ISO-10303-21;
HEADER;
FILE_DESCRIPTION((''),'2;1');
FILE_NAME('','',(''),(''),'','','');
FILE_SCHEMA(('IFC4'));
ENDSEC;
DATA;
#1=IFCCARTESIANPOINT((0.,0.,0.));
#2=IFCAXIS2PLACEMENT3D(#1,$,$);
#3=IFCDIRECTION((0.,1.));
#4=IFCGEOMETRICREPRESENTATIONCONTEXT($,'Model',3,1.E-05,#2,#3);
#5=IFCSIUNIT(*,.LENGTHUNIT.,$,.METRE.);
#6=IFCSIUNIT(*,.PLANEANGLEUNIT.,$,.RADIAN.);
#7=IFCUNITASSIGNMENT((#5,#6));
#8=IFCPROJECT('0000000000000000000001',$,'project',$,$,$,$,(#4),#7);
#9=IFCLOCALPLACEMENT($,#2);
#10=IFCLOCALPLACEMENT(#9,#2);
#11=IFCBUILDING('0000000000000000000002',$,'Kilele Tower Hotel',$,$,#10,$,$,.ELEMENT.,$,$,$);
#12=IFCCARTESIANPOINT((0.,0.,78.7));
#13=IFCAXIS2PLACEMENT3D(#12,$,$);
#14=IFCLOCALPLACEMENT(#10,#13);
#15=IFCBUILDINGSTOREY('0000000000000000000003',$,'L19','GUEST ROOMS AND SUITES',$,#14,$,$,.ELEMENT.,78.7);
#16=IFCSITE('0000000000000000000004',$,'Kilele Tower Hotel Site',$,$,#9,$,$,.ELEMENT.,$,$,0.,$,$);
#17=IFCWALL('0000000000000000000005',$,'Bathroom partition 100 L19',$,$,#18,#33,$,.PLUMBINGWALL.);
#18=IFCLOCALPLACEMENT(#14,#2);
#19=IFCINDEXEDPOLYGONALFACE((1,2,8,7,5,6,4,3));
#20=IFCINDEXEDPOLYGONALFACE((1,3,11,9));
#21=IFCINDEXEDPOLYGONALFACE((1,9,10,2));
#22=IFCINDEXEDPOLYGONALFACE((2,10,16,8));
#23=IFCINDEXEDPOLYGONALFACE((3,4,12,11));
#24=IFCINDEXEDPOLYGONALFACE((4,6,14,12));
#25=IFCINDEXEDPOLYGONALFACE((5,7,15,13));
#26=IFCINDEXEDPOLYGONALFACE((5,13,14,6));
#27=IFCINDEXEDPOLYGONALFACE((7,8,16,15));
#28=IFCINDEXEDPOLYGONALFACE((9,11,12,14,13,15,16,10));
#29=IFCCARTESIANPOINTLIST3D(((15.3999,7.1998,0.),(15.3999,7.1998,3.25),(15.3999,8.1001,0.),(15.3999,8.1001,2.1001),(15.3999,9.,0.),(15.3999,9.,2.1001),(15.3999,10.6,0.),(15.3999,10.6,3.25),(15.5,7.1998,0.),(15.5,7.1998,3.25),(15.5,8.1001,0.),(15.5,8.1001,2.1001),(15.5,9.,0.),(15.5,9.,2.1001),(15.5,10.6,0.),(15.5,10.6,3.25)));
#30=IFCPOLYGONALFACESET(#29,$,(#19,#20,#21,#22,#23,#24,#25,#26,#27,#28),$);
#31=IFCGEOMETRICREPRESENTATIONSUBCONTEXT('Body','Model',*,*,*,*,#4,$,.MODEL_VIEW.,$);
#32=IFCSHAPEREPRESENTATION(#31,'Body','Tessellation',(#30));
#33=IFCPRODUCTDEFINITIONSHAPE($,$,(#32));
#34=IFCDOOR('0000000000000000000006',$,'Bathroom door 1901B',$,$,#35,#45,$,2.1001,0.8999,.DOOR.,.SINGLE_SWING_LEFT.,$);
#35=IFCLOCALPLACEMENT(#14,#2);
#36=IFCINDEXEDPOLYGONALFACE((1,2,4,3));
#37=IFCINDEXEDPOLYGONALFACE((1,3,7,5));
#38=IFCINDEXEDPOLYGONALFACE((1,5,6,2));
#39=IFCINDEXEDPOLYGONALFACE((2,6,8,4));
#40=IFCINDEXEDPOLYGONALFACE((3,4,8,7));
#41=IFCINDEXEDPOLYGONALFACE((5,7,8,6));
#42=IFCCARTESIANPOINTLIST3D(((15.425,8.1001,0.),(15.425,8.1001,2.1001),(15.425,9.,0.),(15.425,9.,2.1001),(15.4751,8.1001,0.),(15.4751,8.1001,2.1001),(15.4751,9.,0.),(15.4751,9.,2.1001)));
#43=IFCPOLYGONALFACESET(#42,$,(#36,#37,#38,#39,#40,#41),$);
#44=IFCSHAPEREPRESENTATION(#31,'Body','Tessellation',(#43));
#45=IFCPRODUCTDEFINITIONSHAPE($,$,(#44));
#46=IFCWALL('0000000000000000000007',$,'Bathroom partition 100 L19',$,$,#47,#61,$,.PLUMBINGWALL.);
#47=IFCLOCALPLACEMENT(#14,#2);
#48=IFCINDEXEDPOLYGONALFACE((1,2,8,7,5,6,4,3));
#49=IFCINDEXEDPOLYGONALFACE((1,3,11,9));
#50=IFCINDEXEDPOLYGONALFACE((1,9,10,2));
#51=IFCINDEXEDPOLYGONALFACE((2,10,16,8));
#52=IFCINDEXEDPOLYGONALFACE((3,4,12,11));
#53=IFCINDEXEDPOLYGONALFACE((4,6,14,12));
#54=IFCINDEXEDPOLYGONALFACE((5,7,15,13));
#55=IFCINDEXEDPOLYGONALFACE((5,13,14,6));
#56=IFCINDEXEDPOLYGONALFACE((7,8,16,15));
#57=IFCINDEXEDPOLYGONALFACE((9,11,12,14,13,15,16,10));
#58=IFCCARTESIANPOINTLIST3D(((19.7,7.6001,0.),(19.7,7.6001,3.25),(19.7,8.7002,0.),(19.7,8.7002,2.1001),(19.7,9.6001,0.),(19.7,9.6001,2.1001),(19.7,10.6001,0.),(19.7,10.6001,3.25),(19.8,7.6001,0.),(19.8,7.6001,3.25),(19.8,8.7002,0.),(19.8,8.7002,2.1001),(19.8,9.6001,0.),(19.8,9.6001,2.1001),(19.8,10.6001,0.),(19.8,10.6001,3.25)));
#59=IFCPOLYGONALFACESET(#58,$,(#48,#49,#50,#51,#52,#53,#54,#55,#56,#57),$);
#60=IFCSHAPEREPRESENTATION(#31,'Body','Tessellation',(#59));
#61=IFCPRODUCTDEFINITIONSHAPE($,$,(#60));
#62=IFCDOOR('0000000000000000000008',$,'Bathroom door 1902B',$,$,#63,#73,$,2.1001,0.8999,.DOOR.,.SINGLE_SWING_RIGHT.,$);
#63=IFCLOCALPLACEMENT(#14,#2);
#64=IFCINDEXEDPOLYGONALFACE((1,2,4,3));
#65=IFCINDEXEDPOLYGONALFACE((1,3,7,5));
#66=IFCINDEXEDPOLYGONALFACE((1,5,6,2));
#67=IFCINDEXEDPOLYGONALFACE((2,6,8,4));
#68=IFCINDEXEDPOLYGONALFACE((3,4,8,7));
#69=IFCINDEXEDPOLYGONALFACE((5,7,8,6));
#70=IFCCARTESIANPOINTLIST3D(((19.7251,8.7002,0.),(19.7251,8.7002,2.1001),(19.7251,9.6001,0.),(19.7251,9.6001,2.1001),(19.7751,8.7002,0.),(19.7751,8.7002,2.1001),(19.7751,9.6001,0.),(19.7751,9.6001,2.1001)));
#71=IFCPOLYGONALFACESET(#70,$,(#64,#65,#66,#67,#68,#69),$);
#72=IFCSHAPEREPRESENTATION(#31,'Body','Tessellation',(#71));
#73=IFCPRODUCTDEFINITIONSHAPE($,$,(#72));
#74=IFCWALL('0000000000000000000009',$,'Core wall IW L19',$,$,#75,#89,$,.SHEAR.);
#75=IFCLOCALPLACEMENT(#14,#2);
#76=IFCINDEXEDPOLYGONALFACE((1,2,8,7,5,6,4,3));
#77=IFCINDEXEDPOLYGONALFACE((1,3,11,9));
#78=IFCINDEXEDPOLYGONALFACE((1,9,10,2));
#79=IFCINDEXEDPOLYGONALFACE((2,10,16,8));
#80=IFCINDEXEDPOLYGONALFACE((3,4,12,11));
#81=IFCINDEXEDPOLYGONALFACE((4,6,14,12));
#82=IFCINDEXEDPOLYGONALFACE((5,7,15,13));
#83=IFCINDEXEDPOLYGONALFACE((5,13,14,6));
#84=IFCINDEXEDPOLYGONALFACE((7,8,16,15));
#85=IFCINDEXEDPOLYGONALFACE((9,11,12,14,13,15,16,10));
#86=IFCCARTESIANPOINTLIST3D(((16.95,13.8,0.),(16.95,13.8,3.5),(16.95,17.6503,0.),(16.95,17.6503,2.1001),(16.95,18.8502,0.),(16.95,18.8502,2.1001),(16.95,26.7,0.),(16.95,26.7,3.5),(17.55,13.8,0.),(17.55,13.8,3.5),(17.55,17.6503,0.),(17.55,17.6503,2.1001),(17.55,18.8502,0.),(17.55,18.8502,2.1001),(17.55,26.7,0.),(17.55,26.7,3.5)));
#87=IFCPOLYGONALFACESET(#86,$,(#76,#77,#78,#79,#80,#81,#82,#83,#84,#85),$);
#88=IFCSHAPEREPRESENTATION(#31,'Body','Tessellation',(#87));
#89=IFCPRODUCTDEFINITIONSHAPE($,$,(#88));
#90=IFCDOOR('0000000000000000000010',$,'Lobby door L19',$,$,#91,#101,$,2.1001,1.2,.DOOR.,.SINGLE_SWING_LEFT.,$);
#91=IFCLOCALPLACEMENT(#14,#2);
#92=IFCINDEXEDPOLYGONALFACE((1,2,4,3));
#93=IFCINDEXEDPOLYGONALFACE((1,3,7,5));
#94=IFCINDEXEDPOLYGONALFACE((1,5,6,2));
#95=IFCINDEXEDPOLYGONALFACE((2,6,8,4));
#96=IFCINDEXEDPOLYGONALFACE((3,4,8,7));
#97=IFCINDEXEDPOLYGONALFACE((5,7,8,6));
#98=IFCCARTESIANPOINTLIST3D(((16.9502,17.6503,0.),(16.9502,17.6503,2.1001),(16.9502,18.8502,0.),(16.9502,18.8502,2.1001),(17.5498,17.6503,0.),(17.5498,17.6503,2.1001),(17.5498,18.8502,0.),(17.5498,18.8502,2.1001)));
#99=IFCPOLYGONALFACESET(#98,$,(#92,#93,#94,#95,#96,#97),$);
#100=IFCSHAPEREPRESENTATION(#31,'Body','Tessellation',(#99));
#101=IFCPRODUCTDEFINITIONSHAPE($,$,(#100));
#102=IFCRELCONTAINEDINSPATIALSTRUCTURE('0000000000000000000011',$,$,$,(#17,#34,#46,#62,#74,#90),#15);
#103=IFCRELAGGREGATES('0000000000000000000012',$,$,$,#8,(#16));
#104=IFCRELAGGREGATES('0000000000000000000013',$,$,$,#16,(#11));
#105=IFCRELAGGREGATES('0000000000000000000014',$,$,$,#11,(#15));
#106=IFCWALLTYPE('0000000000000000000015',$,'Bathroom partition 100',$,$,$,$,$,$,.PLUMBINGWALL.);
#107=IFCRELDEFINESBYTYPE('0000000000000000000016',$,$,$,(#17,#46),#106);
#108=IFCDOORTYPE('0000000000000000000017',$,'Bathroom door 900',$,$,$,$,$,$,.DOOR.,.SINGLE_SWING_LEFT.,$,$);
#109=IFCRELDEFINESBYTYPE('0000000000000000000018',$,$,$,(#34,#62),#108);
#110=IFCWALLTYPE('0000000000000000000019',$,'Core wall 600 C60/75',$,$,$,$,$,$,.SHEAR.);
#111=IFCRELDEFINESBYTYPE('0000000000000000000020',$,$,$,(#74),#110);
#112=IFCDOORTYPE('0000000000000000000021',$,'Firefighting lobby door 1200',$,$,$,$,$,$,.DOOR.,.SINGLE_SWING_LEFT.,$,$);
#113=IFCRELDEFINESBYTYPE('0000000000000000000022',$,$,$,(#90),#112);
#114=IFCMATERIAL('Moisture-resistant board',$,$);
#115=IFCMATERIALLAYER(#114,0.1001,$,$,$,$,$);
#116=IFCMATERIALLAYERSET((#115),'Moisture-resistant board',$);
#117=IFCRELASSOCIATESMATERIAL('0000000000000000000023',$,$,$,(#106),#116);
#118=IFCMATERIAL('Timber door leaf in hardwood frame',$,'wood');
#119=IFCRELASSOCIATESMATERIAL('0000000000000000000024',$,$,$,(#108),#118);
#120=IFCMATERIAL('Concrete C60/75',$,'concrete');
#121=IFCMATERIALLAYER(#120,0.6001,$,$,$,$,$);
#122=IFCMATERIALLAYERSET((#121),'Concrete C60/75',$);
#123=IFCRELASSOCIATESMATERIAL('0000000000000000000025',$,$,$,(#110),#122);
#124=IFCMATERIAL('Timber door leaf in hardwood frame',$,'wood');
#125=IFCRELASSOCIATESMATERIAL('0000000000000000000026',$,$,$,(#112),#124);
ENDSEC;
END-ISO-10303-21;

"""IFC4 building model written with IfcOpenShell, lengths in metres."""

from ifc_helpers import new_model, si_unit, direction, frame, frame_2d, origin, place, context, subcontext, project, spatial, rectangle, extrude, material, layer, layer_set, type_object, element, fill, save


model = new_model("IFC4")

# Units and contexts
model_context = context("Model", 3, precision=1e-05, world=origin(), true_north=direction((0.0, 1.0)))
body_context = subcontext(model_context, "Body", "Model", "MODEL_VIEW")
ifc_project = project(units=[si_unit("LENGTHUNIT", "METRE"), si_unit("PLANEANGLEUNIT", "RADIAN")], contexts=[model_context])

# Site, building, storey
site_placement = place(None, origin())
site = spatial("IfcSite", under=ifc_project, at=site_placement, Name="Kilele Tower Hotel Site", CompositionType="ELEMENT", RefElevation=0.0)
building_placement = place(site_placement, origin())
building = spatial("IfcBuilding", under=site, at=building_placement, Name="Kilele Tower Hotel", CompositionType="ELEMENT")
storey_placement = place(building_placement, frame((0.0, 0.0, 78.7)))
storey = spatial("IfcBuildingStorey", under=building, at=storey_placement, Name="L19", Description="GUEST ROOMS AND SUITES", CompositionType="ELEMENT", Elevation=78.7)

# Walls, openings, doors
ifc_material_1 = material(Name="Moisture-resistant board")
ifc_layer_1 = layer(ifc_material_1, 0.1001)
ifc_layer_set_1 = layer_set([ifc_layer_1], Name="Moisture-resistant board")
wall_type_1 = type_object("IfcWallType", Name="Bathroom partition 100", PredefinedType="PLUMBINGWALL", material=ifc_layer_set_1)
wall_1_placement = place(storey_placement, frame((15.45, 10.6001, 0.0), z_axis=(0.0, 0.0, 1.0), x_axis=(0.0, -1.0, 0.0)))
wall_1 = element("IfcWall", 1, at=wall_1_placement, inside=storey, type_object=wall_type_1, Name="Bathroom partition 100 L19", PredefinedType="PLUMBINGWALL", context=body_context, shape_type="SweptSolid", body=[
    extrude(rectangle(XDim=3.4001, YDim=0.1001, at=frame_2d((1.7002, 0.0))), origin(), (0.0, 0.0, 1.0), 3.25),
])
opening_1_placement = place(wall_1_placement, frame((2.5, 0.0, 0.0), z_axis=(0.0, 0.0, 1.0), x_axis=(-1.0, 0.0, 0.0)))
opening_1 = element("IfcOpeningElement", 2, at=opening_1_placement, cuts=wall_1, PredefinedType="OPENING", context=body_context, shape_type="SweptSolid", body=[
    extrude(rectangle(XDim=0.8999, YDim=2.1001, at=frame_2d((0.45, 1.05))), frame((0.0, 0.0601, 0.0), z_axis=(0.0, -1.0, 0.0), x_axis=(1.0, 0.0, 0.0)), (0.0, 0.0, 1.0), 0.1201),
])
ifc_material_2 = material(Name="Timber door leaf in hardwood frame", Category="wood")
door_type_1 = type_object("IfcDoorType", Name="Bathroom door 900", OperationType="SINGLE_SWING_LEFT", PredefinedType="DOOR", material=ifc_material_2)
door_1_placement = place(opening_1_placement, origin())
door_1 = element("IfcDoor", 3, at=door_1_placement, inside=storey, type_object=door_type_1, Name="Bathroom door 1901B", OperationType="SINGLE_SWING_LEFT", OverallHeight=2.1001, OverallWidth=0.8999, PredefinedType="DOOR", context=body_context, shape_type="SweptSolid", body=[
    extrude(rectangle(XDim=0.8999, YDim=2.1001, at=frame_2d((0.45, 1.05))), frame((0.0, 0.0249, 0.0), z_axis=(0.0, -1.0, 0.0), x_axis=(1.0, 0.0, 0.0)), (0.0, 0.0, 1.0), 0.05),
])
fill(opening_1, door_1)
wall_2_placement = place(storey_placement, frame((19.75, 10.6001, 0.0), z_axis=(0.0, 0.0, 1.0), x_axis=(0.0, -1.0, 0.0)))
wall_2 = element("IfcWall", 4, at=wall_2_placement, inside=storey, type_object=wall_type_1, Name="Bathroom partition 100 L19", PredefinedType="PLUMBINGWALL", context=body_context, shape_type="SweptSolid", body=[
    extrude(rectangle(XDim=3.0, YDim=0.1001, at=frame_2d((1.5, 0.0))), origin(), (0.0, 0.0, 1.0), 3.25),
])
opening_2_placement = place(wall_2_placement, frame((1.8999, 0.0, 0.0), z_axis=(0.0, 0.0, 1.0), x_axis=(-1.0, 0.0, 0.0)))
opening_2 = element("IfcOpeningElement", 5, at=opening_2_placement, cuts=wall_2, PredefinedType="OPENING", context=body_context, shape_type="SweptSolid", body=[
    extrude(rectangle(XDim=0.8999, YDim=2.1001, at=frame_2d((0.45, 1.05))), frame((0.0, 0.0601, 0.0), z_axis=(0.0, -1.0, 0.0), x_axis=(1.0, 0.0, 0.0)), (0.0, 0.0, 1.0), 0.1201),
])
door_2_placement = place(opening_2_placement, origin())
door_2 = element("IfcDoor", 6, at=door_2_placement, inside=storey, type_object=door_type_1, Name="Bathroom door 1902B", OperationType="SINGLE_SWING_RIGHT", OverallHeight=2.1001, OverallWidth=0.8999, PredefinedType="DOOR", context=body_context, shape_type="SweptSolid", body=[
    extrude(rectangle(XDim=0.8999, YDim=2.1001, at=frame_2d((0.45, 1.05))), frame((0.0, 0.0249, 0.0), z_axis=(0.0, -1.0, 0.0), x_axis=(1.0, 0.0, 0.0)), (0.0, 0.0, 1.0), 0.05),
])
fill(opening_2, door_2)
ifc_material_3 = material(Name="Concrete C60/75", Category="concrete")
ifc_layer_2 = layer(ifc_material_3, 0.6001)
ifc_layer_set_2 = layer_set([ifc_layer_2], Name="Concrete C60/75")
wall_type_2 = type_object("IfcWallType", Name="Core wall 600 C60/75", PredefinedType="SHEAR", material=ifc_layer_set_2)
wall_3_placement = place(storey_placement, frame((17.25, 13.8, 0.0), z_axis=(0.0, 0.0, 1.0), x_axis=(0.0, 1.0, 0.0)))
wall_3 = element("IfcWall", 7, at=wall_3_placement, inside=storey, type_object=wall_type_2, Name="Core wall IW L19", PredefinedType="SHEAR", context=body_context, shape_type="SweptSolid", body=[
    extrude(rectangle(XDim=12.8999, YDim=0.6001, at=frame_2d((6.45, 0.0))), origin(), (0.0, 0.0, 1.0), 3.5),
])
opening_3_placement = place(wall_3_placement, frame((3.8501, 0.0, 0.0)))
opening_3 = element("IfcOpeningElement", 8, at=opening_3_placement, cuts=wall_3, PredefinedType="OPENING", context=body_context, shape_type="SweptSolid", body=[
    extrude(rectangle(XDim=1.2, YDim=2.1001, at=frame_2d((0.6001, 1.05))), frame((0.0, 0.3101, 0.0), z_axis=(0.0, -1.0, 0.0), x_axis=(1.0, 0.0, 0.0)), (0.0, 0.0, 1.0), 0.6201),
])
ifc_material_4 = material(Name="Timber door leaf in hardwood frame", Category="wood")
door_type_2 = type_object("IfcDoorType", Name="Firefighting lobby door 1200", OperationType="SINGLE_SWING_LEFT", PredefinedType="DOOR", material=ifc_material_4)
door_3_placement = place(opening_3_placement, origin())
door_3 = element("IfcDoor", 9, at=door_3_placement, inside=storey, type_object=door_type_2, Name="Lobby door L19", OperationType="SINGLE_SWING_LEFT", OverallHeight=2.1001, OverallWidth=1.2, PredefinedType="DOOR", context=body_context, shape_type="SweptSolid", body=[
    extrude(rectangle(XDim=1.2, YDim=2.1001, at=frame_2d((0.6001, 1.05))), frame((0.0, 0.2998, 0.0), z_axis=(0.0, -1.0, 0.0), x_axis=(1.0, 0.0, 0.0)), (0.0, 0.0, 1.0), 0.5996),
])
fill(opening_3, door_3)

save(model, "model.ifc")
